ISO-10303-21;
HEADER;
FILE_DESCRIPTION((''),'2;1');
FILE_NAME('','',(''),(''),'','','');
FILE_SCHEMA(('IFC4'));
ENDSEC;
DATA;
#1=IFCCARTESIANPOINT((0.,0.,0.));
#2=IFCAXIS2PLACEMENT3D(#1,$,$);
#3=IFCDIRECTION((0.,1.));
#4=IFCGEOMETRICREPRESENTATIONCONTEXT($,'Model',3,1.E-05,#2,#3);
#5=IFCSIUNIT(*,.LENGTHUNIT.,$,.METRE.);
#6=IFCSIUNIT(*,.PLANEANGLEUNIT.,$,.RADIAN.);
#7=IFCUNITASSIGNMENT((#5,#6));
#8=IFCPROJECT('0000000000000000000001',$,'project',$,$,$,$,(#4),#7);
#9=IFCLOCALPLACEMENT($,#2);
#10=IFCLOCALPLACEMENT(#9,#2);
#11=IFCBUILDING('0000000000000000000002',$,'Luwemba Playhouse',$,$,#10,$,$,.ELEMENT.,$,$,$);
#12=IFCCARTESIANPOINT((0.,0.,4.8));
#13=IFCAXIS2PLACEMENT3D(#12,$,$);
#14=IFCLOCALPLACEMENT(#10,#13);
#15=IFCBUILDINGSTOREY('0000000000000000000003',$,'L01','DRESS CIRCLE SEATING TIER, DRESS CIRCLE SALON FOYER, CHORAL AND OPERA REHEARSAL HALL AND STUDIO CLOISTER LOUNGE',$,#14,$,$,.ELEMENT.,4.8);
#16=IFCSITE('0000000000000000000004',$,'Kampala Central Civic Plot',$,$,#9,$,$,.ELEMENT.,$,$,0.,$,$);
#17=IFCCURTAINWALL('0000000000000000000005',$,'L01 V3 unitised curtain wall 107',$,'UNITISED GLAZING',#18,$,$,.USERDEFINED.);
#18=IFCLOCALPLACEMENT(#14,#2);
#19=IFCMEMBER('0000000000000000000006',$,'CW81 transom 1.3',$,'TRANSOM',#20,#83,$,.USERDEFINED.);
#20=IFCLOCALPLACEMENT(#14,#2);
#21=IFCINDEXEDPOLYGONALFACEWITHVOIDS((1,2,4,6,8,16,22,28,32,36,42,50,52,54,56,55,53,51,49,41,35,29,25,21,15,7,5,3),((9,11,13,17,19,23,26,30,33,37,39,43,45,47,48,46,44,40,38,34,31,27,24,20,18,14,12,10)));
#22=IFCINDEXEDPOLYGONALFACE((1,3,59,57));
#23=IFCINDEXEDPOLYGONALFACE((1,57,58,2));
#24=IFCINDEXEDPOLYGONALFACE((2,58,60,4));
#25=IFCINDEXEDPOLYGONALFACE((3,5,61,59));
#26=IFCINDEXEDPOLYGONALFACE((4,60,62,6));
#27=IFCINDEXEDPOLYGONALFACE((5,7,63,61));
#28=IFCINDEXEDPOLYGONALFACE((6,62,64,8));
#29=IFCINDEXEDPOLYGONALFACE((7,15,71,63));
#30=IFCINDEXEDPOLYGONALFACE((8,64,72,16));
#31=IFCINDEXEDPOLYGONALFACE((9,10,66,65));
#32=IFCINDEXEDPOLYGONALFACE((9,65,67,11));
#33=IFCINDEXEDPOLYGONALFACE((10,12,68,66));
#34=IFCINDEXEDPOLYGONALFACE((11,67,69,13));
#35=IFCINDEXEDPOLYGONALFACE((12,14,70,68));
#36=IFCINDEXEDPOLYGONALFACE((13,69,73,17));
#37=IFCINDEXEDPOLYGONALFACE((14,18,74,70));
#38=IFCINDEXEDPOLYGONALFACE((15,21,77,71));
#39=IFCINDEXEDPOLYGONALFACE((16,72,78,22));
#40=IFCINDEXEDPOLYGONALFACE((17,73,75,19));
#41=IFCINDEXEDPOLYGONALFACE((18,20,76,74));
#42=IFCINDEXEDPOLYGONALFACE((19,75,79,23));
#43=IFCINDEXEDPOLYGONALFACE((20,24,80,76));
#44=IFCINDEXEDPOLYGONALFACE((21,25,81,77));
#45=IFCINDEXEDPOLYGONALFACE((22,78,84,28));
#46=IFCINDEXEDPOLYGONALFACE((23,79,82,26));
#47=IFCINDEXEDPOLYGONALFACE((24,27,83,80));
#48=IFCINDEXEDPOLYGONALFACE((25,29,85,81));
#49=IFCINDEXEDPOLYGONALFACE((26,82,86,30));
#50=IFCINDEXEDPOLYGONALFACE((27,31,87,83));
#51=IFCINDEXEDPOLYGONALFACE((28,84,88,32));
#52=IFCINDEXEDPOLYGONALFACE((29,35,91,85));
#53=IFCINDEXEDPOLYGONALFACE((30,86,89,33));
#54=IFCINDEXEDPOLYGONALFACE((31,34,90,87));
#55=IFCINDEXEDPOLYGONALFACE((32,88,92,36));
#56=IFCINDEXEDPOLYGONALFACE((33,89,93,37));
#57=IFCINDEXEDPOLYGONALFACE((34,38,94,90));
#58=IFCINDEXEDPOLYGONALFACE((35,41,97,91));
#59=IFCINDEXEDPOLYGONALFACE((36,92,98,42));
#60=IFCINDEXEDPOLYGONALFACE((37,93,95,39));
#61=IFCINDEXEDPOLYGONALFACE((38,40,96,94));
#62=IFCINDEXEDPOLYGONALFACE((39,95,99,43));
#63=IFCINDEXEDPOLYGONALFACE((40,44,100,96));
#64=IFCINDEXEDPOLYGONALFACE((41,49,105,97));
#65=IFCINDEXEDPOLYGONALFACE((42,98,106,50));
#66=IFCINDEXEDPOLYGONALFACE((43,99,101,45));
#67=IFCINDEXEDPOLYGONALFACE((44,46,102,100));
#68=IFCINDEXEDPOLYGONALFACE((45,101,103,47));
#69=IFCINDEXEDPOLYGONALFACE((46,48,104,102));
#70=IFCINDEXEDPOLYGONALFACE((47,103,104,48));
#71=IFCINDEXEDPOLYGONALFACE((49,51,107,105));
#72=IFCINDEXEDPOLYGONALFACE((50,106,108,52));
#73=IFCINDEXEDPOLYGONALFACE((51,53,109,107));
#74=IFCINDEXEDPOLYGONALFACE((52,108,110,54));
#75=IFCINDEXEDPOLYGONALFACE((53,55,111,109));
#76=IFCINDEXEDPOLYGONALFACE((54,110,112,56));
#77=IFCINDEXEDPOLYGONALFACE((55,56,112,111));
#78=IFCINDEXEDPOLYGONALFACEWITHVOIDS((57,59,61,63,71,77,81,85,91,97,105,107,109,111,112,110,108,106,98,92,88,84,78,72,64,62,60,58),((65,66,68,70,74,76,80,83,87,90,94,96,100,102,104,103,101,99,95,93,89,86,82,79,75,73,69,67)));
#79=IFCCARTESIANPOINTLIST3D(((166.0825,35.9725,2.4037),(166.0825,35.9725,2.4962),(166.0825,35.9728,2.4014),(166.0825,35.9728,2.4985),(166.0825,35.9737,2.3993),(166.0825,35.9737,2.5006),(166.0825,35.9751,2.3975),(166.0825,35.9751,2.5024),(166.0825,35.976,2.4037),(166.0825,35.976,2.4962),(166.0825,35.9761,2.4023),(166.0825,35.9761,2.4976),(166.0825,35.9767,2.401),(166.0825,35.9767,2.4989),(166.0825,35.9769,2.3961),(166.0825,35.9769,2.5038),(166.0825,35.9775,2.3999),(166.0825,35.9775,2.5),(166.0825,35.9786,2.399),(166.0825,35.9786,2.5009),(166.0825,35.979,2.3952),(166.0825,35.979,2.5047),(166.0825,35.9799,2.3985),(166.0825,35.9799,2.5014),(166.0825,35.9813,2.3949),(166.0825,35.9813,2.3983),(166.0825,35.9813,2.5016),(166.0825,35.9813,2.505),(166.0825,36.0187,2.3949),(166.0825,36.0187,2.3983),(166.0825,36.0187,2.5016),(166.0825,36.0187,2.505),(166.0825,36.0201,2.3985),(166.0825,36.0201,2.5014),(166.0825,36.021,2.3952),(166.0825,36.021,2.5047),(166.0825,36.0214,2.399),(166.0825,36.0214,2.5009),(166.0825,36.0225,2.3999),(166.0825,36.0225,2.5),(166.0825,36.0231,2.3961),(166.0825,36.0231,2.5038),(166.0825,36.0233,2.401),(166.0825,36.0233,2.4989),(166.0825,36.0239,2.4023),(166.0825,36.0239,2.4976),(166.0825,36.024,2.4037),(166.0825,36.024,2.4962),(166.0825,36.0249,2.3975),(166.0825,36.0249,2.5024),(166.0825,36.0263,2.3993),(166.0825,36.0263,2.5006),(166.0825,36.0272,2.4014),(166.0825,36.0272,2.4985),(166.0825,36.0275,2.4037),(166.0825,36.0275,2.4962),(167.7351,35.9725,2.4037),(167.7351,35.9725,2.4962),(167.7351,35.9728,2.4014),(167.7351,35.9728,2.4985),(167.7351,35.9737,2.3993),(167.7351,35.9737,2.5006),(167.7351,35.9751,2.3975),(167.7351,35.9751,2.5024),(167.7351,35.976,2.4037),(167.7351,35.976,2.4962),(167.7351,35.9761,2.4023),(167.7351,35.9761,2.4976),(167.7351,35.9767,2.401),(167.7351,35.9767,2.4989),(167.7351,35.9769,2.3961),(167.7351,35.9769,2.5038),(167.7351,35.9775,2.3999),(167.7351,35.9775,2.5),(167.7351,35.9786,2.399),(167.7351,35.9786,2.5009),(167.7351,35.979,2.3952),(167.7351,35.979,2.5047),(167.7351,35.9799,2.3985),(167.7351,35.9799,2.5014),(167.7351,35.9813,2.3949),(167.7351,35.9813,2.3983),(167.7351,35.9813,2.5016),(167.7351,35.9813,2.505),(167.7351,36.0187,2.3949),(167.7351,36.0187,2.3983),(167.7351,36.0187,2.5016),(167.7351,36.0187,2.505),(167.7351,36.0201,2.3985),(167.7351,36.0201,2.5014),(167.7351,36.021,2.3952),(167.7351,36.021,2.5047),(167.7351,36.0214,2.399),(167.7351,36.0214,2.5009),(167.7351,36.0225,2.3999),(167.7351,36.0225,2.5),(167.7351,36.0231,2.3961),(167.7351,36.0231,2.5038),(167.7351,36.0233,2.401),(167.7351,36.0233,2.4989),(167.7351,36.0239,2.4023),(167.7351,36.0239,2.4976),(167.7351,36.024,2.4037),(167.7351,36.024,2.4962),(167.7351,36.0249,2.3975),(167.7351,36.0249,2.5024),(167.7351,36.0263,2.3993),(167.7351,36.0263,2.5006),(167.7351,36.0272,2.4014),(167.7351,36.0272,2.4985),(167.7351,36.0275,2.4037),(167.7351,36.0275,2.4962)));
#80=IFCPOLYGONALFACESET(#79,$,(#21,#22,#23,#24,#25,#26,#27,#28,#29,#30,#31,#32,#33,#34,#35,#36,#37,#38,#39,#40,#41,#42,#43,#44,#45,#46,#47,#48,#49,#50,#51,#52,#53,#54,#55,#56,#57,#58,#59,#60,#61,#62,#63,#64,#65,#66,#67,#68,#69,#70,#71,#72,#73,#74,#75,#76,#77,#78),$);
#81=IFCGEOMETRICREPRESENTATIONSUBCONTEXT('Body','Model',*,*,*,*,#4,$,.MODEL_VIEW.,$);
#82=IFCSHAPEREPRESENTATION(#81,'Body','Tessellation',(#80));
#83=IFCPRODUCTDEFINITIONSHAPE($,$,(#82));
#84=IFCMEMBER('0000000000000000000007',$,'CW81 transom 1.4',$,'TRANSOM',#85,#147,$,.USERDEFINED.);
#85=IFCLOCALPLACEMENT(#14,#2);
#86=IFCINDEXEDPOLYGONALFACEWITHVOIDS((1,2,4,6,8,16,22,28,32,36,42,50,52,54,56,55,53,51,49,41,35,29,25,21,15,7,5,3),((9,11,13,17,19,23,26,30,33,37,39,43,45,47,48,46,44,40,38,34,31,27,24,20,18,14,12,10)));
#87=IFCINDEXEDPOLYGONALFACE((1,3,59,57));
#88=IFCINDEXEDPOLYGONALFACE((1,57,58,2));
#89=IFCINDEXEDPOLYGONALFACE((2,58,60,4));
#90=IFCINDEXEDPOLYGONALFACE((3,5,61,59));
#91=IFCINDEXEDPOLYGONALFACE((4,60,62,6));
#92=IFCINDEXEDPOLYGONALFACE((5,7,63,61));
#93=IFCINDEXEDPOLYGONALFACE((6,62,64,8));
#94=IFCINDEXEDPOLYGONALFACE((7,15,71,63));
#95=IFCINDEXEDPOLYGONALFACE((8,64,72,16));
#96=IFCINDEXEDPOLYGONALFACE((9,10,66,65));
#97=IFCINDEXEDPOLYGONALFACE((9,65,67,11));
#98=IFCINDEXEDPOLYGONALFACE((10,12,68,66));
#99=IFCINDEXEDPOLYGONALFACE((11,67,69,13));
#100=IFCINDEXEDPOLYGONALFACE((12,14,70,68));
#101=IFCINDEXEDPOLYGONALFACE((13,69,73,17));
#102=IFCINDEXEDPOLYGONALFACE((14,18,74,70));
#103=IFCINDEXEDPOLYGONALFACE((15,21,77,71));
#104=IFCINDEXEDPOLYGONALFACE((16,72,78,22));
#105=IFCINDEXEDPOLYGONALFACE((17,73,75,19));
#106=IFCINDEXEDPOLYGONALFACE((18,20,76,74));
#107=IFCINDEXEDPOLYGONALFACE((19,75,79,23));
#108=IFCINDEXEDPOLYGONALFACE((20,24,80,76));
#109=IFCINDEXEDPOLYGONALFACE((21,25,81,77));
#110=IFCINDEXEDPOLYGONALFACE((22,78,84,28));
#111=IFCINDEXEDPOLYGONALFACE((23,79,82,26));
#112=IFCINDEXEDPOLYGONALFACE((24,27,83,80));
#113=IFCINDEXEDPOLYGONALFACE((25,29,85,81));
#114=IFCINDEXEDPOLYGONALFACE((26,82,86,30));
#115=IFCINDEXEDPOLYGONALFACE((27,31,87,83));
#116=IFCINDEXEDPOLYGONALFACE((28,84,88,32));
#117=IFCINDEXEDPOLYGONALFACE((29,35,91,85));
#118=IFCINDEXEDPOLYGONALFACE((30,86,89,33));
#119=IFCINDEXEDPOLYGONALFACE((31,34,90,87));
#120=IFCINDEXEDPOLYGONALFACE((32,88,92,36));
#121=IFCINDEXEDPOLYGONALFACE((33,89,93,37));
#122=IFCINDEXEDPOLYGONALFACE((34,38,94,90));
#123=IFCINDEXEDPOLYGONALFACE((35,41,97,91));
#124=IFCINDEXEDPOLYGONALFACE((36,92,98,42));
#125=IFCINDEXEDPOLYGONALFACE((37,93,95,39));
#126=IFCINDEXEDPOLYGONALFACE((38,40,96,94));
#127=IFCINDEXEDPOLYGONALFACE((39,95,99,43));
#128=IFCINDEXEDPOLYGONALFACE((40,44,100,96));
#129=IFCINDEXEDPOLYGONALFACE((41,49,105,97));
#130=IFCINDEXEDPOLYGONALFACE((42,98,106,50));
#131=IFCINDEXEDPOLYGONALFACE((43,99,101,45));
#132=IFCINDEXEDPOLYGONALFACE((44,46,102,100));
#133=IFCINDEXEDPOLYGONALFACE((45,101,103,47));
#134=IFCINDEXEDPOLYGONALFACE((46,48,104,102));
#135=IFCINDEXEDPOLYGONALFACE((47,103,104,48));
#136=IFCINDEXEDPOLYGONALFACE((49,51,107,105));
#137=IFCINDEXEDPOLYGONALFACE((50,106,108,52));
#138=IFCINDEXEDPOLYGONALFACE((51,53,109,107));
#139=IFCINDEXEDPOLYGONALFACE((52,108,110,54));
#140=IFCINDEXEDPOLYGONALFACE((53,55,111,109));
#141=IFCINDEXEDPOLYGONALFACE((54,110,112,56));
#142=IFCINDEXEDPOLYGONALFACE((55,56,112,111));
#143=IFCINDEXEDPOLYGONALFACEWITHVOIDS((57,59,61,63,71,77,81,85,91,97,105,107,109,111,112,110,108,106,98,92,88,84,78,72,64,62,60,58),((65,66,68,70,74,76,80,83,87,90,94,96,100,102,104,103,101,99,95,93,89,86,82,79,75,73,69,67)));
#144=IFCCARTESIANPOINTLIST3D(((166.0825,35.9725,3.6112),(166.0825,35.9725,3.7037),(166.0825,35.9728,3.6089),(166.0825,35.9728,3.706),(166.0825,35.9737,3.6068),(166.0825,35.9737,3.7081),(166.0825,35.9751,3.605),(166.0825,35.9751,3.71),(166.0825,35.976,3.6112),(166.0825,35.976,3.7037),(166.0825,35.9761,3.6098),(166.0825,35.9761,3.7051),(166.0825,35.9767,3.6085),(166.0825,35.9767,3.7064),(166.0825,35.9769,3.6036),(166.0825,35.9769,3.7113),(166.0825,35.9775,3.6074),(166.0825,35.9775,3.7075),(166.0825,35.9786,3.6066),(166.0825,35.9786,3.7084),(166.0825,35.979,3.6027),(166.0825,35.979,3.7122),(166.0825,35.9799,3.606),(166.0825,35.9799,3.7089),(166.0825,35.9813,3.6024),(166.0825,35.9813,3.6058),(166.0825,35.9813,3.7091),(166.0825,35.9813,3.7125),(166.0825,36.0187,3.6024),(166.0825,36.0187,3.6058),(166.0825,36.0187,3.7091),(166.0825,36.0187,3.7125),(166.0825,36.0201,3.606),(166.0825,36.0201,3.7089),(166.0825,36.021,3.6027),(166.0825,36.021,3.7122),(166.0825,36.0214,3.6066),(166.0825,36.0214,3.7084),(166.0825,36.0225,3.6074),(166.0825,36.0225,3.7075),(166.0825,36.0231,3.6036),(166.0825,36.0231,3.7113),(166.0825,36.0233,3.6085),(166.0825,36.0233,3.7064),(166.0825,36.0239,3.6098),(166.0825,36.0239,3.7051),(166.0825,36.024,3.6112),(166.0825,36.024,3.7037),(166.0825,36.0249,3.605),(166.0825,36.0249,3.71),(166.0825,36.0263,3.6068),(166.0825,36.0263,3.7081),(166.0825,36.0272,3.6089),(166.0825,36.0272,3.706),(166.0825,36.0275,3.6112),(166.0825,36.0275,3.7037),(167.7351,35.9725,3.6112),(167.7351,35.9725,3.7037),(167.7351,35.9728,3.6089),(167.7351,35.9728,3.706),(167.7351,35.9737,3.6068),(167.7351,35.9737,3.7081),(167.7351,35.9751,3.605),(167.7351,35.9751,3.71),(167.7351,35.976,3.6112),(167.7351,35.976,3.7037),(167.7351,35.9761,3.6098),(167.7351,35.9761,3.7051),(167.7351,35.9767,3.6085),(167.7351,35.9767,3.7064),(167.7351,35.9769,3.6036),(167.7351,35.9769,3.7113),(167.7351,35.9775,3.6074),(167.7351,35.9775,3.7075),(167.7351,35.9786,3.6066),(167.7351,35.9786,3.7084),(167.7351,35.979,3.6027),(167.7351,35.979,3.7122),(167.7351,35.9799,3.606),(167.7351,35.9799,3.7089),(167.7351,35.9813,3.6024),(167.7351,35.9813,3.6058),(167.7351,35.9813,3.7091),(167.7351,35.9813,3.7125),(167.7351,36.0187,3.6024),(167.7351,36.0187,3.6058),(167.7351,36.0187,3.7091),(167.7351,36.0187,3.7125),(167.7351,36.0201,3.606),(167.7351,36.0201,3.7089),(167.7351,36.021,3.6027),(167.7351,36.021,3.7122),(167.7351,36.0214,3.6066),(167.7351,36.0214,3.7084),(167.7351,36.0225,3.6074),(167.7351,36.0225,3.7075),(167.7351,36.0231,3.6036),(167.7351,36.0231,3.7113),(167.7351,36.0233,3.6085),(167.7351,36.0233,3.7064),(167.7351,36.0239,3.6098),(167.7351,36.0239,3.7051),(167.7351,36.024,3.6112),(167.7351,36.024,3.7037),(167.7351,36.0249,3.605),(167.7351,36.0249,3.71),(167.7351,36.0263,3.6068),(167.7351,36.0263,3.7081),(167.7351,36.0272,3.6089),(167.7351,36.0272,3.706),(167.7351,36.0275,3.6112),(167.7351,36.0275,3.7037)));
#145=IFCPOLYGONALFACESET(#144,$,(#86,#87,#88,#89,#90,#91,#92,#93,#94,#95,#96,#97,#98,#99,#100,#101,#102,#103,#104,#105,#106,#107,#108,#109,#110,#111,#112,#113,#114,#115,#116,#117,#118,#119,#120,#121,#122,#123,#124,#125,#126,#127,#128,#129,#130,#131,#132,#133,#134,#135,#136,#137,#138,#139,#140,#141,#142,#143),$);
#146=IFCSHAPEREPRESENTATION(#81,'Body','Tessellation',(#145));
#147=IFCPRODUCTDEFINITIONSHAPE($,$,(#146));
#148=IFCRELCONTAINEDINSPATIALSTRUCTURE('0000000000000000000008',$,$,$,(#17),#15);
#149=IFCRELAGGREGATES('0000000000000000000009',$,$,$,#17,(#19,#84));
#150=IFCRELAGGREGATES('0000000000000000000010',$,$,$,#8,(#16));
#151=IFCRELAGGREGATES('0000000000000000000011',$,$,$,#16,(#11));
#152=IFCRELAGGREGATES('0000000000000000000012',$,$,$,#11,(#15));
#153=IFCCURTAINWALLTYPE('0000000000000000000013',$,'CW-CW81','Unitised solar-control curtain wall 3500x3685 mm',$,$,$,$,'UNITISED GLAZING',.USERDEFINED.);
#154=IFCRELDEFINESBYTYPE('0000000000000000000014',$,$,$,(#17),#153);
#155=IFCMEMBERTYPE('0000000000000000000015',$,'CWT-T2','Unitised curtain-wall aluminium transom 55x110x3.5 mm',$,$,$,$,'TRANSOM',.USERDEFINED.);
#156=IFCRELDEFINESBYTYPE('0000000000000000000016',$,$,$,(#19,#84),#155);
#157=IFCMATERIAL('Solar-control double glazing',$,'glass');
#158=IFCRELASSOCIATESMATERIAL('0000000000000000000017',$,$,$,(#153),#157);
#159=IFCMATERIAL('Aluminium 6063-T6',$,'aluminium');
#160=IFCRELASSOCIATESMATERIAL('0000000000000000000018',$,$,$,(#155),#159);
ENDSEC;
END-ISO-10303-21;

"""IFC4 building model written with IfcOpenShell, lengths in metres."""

from ifc_helpers import new_model, si_unit, direction, frame, origin, origin_2d, place, context, subcontext, project, spatial, hollow_rectangle, extrude, material, material_profile, profile_set, type_object, element, aggregate, save


model = new_model("IFC4")

# Units and contexts
model_context = context("Model", 3, precision=1e-05, world=origin(), true_north=direction((0.0, 1.0)))
body_context = subcontext(model_context, "Body", "Model", "MODEL_VIEW")
ifc_project = project(units=[si_unit("LENGTHUNIT", "METRE"), si_unit("PLANEANGLEUNIT", "RADIAN")], contexts=[model_context])

# Site, building, storey
site_placement = place(None, origin())
site = spatial("IfcSite", under=ifc_project, at=site_placement, Name="Kampala Central Civic Plot", CompositionType="ELEMENT", RefElevation=0.0)
building_placement = place(site_placement, origin())
building = spatial("IfcBuilding", under=site, at=building_placement, Name="Luwemba Playhouse", CompositionType="ELEMENT")
storey_placement = place(building_placement, frame((0.0, 0.0, 4.8)))
storey = spatial("IfcBuildingStorey", under=building, at=storey_placement, Name="L01", Description="DRESS CIRCLE SEATING TIER, DRESS CIRCLE SALON FOYER, CHORAL AND OPERA REHEARSAL HALL AND STUDIO CLOISTER LOUNGE", CompositionType="ELEMENT", Elevation=4.8)

# Curtain wall, members
ifc_material_1 = material(Name="Solar-control double glazing", Category="glass")
curtain_wall_type = type_object("IfcCurtainWallType", Name="CW-CW81", Description="Unitised solar-control curtain wall 3500x3685 mm", ElementType="UNITISED GLAZING", PredefinedType="USERDEFINED", material=ifc_material_1)
curtain_wall_placement = place(storey_placement, origin())
curtain_wall = element("IfcCurtainWall", 1, at=curtain_wall_placement, inside=storey, type_object=curtain_wall_type, Name="L01 V3 unitised curtain wall 107", ObjectType="UNITISED GLAZING", PredefinedType="USERDEFINED")
ifc_material_2 = material(Name="Aluminium 6063-T6", Category="aluminium")
ifc_material_profile_1 = material_profile(ifc_material_2, hollow_rectangle(XDim=0.0549, YDim=0.1101, WallThickness=0.0034, InnerFilletRadius=0.0054, OuterFilletRadius=0.0088, at=origin_2d()))
ifc_profile_set_1 = profile_set([ifc_material_profile_1], Name="Aluminium 6063-T6")
member_type_1 = type_object("IfcMemberType", Name="CWT-T2", Description="Unitised curtain-wall aluminium transom 55x110x3.5 mm", ElementType="TRANSOM", PredefinedType="USERDEFINED", material=ifc_profile_set_1)
member_1_placement = place(storey_placement, frame((167.7351, 36.0, 2.45), z_axis=(-1.0, 0.0, 0.0), x_axis=(0.0, -1.0, 0.0)))
member_1 = element("IfcMember", 2, at=member_1_placement, type_object=member_type_1, Name="CW81 transom 1.3", ObjectType="TRANSOM", PredefinedType="USERDEFINED", context=body_context, shape_type="SweptSolid", body=[
    extrude(hollow_rectangle(XDim=0.0549, YDim=0.1101, WallThickness=0.0034, InnerFilletRadius=0.0054, OuterFilletRadius=0.0088, at=origin_2d()), origin(), (0.0, 0.0, 1.0), 1.6526),
])
member_2_placement = place(storey_placement, frame((167.7351, 36.0, 3.6575), z_axis=(-1.0, 0.0, 0.0), x_axis=(0.0, -1.0, 0.0)))
member_2 = element("IfcMember", 3, at=member_2_placement, type_object=member_type_1, Name="CW81 transom 1.4", ObjectType="TRANSOM", PredefinedType="USERDEFINED", context=body_context, shape_type="SweptSolid", body=[
    extrude(hollow_rectangle(XDim=0.0549, YDim=0.1101, WallThickness=0.0034, InnerFilletRadius=0.0054, OuterFilletRadius=0.0088, at=origin_2d()), origin(), (0.0, 0.0, 1.0), 1.6526),
])

aggregate(curtain_wall, [member_1, member_2])

save(model, "model.ifc")
